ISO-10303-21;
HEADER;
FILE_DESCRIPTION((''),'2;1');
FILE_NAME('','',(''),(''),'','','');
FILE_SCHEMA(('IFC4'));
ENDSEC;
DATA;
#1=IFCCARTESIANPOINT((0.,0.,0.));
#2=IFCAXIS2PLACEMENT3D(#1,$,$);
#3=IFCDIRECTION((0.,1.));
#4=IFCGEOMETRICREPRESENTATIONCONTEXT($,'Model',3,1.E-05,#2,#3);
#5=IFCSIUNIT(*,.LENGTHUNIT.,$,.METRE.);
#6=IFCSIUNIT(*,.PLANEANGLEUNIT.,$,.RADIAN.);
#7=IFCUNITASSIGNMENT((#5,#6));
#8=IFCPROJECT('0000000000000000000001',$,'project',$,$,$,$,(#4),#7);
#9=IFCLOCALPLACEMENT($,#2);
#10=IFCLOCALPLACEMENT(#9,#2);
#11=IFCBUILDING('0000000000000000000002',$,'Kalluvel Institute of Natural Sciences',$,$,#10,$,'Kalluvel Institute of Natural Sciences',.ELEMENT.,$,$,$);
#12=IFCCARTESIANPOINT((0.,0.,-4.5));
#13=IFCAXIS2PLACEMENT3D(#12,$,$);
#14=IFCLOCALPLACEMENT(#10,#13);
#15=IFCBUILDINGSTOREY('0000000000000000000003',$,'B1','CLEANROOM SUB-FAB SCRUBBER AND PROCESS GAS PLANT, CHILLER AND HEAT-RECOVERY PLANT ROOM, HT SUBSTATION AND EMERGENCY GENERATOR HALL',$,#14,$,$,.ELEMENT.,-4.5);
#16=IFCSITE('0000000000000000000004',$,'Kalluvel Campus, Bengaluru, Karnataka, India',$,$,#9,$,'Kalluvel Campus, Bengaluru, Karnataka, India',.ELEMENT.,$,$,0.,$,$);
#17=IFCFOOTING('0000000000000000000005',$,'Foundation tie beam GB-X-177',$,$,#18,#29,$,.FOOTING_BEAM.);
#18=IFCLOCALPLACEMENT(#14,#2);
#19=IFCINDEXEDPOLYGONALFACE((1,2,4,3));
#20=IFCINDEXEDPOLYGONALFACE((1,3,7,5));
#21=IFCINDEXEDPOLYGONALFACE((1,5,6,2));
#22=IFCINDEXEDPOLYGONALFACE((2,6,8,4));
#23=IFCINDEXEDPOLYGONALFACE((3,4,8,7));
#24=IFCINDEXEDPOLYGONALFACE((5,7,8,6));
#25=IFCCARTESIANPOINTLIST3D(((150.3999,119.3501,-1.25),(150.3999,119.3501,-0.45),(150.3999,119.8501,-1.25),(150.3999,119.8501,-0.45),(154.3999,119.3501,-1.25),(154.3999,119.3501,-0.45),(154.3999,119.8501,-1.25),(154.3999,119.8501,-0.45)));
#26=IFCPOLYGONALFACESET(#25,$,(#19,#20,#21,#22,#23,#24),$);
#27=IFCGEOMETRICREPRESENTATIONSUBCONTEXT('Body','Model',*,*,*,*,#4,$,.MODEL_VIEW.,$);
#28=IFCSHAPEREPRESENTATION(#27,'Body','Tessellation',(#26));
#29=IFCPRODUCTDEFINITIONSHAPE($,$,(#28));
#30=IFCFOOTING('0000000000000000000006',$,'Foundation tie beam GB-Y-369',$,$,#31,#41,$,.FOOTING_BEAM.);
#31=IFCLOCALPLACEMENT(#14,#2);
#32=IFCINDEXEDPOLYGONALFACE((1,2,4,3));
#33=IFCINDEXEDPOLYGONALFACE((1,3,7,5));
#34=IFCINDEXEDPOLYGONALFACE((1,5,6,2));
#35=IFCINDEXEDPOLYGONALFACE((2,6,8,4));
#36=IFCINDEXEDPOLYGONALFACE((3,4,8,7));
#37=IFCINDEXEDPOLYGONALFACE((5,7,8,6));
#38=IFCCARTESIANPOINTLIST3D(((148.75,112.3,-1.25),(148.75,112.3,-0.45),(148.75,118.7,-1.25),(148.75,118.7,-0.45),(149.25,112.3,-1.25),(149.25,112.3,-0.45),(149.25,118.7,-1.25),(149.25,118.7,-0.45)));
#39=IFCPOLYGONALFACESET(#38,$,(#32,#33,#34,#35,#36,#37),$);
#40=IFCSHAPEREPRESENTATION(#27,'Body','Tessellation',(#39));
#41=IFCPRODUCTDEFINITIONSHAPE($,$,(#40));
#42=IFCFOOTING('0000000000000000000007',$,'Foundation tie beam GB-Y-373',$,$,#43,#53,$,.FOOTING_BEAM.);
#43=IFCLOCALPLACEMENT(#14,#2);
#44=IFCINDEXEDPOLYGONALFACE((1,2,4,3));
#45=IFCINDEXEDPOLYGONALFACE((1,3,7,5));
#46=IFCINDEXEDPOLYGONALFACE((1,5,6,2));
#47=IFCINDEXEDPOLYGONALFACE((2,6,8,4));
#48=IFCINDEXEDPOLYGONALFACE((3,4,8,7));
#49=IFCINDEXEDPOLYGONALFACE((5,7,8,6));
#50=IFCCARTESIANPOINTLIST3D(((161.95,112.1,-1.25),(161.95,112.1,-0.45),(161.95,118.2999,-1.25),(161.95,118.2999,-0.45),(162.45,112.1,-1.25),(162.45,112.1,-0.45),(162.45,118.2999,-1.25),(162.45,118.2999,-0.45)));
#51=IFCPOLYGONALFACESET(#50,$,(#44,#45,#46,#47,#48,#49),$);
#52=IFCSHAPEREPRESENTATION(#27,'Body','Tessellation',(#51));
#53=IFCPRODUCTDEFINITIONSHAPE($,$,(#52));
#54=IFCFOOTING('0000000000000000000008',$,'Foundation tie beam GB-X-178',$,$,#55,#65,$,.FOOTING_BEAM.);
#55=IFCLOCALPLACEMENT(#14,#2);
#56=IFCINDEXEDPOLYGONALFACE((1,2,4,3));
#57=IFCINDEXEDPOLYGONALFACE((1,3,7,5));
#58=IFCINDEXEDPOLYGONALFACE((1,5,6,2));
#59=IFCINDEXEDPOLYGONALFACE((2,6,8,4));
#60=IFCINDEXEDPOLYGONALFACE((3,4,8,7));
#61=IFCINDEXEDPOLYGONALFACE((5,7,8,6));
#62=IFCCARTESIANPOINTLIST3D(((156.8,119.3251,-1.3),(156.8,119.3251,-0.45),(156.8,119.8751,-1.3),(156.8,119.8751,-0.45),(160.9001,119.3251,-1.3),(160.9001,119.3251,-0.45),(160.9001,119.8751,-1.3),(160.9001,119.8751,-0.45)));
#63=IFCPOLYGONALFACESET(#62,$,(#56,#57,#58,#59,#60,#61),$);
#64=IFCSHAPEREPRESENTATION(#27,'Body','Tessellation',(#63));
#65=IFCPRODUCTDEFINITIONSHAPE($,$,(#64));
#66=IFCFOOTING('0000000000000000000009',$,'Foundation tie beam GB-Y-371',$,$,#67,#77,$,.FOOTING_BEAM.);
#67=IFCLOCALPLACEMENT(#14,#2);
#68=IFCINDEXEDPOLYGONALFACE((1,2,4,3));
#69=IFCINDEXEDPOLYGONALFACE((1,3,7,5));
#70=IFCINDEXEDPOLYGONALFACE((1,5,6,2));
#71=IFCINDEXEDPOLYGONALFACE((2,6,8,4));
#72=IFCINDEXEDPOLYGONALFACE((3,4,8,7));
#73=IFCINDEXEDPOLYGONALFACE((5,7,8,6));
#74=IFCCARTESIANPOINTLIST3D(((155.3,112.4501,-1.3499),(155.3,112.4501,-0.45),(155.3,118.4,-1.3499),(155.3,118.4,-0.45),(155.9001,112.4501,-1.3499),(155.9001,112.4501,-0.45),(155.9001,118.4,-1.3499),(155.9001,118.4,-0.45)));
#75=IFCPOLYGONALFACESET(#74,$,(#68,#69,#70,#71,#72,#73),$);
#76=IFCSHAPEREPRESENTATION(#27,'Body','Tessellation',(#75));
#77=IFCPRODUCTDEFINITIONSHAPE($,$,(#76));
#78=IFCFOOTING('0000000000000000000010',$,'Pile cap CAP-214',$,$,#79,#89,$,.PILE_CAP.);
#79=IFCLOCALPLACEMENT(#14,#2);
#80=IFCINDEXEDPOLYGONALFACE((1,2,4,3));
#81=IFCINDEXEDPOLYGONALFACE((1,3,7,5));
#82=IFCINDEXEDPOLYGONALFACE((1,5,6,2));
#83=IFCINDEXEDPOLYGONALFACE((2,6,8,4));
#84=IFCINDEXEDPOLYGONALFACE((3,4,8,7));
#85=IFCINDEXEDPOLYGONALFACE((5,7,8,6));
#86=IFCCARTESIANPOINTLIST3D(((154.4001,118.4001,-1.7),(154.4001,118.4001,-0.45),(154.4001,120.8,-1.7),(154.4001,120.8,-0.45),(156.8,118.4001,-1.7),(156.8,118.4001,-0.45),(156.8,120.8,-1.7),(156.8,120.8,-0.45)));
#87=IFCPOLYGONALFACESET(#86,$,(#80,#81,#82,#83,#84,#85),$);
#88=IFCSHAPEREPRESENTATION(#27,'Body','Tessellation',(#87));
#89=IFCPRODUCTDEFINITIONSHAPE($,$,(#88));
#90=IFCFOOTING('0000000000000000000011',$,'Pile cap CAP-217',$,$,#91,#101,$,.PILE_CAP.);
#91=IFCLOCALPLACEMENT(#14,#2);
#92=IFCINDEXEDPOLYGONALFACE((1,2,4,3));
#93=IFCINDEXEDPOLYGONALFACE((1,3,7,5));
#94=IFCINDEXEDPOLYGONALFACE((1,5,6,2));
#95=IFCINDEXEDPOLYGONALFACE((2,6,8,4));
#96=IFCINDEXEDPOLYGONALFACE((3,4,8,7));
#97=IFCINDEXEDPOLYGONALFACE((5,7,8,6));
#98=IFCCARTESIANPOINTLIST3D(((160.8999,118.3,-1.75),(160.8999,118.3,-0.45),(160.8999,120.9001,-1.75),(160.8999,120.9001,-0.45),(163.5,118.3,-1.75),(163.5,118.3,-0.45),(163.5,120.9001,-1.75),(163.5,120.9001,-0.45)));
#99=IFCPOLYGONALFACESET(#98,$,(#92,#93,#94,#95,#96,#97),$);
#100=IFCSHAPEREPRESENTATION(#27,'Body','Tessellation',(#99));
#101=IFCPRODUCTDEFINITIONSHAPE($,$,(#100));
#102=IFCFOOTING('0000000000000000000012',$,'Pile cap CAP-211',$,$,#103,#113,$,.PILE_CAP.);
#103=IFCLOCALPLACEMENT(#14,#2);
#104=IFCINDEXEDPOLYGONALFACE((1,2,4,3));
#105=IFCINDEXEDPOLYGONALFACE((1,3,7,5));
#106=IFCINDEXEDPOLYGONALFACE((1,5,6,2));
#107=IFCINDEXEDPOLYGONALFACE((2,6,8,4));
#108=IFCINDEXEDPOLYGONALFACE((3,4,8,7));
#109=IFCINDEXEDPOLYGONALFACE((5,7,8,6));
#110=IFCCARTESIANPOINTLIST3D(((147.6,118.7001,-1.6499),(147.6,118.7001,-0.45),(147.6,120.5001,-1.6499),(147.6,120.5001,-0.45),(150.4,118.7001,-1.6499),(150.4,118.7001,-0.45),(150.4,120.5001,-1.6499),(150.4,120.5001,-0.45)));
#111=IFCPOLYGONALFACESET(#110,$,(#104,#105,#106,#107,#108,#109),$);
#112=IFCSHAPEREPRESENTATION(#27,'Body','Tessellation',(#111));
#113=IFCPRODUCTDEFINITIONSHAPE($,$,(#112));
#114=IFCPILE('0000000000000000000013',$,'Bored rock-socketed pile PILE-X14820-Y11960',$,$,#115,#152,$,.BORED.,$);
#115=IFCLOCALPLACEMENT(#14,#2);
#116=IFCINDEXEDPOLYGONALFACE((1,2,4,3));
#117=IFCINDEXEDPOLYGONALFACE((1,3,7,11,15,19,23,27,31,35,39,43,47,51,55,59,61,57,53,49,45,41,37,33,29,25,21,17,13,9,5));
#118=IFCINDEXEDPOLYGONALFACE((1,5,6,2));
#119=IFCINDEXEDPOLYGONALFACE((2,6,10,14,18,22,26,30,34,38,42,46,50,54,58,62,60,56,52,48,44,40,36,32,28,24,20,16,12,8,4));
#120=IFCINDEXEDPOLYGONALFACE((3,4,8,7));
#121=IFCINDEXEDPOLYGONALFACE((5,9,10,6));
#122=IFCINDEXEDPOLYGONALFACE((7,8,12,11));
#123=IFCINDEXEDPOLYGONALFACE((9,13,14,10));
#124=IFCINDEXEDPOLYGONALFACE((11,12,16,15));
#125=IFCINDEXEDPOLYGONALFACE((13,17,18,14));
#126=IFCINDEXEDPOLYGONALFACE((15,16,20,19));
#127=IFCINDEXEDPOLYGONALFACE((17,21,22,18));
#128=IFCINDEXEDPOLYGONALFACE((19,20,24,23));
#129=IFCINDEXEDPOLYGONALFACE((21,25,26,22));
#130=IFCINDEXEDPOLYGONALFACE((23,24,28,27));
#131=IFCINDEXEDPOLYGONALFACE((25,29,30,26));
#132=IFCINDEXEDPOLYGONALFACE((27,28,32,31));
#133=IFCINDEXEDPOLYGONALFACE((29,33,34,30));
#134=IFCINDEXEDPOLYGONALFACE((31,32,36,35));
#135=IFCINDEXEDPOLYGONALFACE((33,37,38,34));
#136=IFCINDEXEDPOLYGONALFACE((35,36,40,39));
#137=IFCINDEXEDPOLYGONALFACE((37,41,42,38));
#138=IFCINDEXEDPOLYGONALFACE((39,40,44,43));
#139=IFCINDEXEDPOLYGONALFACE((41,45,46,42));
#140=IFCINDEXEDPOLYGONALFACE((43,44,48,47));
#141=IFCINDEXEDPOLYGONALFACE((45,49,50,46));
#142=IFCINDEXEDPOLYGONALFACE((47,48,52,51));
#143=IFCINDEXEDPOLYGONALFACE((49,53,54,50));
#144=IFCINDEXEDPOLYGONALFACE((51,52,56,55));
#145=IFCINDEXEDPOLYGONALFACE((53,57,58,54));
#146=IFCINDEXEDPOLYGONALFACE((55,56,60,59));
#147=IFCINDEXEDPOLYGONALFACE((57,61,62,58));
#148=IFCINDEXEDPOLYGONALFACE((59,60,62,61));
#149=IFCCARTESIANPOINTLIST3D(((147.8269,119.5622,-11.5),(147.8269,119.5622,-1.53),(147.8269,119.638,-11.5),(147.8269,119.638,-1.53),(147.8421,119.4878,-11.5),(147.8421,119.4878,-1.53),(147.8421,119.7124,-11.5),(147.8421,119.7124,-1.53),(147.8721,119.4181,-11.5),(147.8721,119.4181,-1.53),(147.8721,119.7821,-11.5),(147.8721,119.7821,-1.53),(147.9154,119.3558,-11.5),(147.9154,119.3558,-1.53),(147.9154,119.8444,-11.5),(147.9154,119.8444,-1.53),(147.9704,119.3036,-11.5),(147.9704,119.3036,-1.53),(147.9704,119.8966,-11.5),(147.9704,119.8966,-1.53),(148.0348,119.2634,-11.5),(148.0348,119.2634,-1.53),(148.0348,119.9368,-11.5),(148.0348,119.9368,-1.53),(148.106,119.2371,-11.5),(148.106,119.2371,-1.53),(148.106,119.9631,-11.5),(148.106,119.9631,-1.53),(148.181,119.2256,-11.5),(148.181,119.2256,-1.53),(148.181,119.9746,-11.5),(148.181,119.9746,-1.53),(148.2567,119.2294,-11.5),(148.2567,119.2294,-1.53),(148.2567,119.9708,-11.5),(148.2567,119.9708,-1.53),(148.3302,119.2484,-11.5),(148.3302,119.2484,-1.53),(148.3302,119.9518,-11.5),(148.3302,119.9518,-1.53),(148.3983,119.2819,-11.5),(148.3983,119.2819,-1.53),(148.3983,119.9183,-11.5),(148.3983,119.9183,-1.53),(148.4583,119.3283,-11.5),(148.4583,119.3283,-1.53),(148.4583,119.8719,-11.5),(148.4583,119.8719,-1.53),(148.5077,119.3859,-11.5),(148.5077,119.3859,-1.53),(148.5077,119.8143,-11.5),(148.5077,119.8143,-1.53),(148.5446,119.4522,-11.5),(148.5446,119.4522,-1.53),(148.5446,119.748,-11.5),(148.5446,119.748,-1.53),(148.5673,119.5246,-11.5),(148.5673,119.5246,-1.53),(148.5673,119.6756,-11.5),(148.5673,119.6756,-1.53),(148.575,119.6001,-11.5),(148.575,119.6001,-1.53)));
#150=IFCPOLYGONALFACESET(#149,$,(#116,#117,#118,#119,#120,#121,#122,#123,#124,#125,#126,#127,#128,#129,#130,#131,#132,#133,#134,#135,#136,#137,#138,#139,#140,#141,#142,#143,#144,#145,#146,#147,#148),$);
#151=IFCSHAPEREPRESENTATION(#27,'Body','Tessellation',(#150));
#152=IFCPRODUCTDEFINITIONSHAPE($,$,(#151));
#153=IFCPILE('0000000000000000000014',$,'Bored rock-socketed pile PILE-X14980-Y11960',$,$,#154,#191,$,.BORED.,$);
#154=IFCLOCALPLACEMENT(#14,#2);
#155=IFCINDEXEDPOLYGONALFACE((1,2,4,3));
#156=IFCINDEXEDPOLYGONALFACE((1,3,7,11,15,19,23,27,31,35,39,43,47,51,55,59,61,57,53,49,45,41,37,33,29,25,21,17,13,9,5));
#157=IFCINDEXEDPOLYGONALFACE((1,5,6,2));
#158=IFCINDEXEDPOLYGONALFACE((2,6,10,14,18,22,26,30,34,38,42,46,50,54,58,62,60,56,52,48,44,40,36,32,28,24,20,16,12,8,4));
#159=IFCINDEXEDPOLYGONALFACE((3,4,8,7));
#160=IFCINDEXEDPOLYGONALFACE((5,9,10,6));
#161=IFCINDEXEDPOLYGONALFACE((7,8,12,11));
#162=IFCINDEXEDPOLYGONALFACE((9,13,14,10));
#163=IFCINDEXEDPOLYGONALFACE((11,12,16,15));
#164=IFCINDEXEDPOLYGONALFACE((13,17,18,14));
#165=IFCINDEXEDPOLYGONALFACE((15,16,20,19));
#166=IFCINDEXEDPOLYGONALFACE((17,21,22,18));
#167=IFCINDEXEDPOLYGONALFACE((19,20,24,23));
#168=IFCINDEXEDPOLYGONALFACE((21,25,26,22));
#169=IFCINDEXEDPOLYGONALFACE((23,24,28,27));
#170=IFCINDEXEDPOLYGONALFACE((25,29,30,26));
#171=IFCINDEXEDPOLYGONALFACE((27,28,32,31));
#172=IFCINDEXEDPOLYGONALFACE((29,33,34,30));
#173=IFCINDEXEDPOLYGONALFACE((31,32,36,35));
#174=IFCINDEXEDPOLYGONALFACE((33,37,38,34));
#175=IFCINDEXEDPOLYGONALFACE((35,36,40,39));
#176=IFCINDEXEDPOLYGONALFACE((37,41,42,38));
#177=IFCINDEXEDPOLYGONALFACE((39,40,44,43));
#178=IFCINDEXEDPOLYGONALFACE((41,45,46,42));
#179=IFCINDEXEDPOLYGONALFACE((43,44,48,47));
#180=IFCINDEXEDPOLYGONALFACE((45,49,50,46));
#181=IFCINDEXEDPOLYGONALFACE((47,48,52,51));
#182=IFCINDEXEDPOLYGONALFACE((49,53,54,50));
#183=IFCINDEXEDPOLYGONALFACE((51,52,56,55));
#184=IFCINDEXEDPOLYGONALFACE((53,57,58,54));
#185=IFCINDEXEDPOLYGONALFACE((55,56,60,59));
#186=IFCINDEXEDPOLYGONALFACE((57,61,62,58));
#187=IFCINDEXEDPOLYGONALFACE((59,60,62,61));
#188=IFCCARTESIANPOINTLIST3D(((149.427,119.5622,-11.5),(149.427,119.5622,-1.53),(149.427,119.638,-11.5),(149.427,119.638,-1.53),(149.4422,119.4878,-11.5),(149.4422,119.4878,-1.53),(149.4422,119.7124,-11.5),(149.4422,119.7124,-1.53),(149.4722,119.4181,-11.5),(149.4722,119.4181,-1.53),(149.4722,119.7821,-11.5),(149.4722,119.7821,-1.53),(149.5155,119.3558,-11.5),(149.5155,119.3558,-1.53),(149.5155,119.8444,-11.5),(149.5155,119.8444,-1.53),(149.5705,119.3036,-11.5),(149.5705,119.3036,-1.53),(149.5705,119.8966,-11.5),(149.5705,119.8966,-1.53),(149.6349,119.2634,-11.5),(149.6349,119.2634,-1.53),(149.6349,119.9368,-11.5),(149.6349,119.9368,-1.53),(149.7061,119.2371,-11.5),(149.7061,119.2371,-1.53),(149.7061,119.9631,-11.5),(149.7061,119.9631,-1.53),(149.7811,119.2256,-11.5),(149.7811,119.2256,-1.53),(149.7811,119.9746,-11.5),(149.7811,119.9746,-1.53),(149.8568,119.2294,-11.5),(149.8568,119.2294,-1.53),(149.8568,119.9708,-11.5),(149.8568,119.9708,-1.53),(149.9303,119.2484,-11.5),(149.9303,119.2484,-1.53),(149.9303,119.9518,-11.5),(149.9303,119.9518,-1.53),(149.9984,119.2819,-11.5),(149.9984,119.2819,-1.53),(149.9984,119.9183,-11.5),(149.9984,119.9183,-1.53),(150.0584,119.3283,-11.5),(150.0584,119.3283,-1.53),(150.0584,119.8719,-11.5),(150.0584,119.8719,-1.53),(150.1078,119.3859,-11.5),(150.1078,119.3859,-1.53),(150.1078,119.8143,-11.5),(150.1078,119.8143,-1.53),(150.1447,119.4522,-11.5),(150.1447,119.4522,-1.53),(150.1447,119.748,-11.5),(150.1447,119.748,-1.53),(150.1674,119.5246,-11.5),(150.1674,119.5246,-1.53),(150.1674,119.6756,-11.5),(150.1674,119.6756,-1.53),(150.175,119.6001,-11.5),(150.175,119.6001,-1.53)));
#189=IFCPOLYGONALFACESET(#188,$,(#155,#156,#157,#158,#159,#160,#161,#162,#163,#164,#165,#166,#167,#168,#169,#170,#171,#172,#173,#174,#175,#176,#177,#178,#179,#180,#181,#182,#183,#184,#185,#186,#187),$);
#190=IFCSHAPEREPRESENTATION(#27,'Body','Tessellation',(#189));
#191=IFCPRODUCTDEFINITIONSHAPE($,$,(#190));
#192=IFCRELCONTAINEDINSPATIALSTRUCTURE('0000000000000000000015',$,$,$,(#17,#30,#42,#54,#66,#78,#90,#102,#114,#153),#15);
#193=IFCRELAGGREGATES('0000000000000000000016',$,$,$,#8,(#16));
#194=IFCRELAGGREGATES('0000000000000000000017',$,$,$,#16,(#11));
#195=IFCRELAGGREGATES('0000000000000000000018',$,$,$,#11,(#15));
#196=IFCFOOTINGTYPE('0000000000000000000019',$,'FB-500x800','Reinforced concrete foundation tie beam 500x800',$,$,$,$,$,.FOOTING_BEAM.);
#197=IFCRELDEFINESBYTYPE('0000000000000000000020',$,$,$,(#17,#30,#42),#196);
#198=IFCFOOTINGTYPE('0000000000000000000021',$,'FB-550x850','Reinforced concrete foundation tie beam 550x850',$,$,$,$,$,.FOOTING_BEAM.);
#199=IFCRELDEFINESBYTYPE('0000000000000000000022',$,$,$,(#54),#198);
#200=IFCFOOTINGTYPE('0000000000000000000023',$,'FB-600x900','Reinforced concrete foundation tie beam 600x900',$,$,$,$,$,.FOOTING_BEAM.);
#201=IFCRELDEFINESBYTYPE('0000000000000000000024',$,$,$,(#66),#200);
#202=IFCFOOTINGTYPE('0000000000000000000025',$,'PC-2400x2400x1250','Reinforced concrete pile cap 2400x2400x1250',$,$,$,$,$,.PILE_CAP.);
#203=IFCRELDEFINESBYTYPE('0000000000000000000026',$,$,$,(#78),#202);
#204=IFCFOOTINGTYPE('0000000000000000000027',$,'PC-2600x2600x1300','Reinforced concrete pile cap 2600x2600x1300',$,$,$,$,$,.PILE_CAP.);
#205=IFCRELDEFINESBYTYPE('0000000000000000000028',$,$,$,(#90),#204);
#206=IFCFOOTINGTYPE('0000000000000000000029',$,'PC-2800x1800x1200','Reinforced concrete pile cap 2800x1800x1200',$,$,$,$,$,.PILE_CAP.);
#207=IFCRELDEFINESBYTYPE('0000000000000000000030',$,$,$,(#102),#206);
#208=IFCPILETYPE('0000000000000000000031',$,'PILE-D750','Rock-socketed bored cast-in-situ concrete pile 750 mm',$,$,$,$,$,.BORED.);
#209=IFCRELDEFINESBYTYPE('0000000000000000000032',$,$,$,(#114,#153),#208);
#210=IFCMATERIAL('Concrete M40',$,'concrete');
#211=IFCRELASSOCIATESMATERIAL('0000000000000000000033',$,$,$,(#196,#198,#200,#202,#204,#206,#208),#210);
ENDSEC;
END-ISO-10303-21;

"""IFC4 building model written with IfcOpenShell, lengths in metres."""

from ifc_helpers import new_model, si_unit, direction, frame, origin, origin_2d, place, context, subcontext, project, spatial, rectangle, circle, extrude, material, material_profile, profile_set, type_object, element, save


model = new_model("IFC4")

# Units and contexts
model_context = context("Model", 3, precision=1e-05, world=origin(), true_north=direction((0.0, 1.0)))
body_context = subcontext(model_context, "Body", "Model", "MODEL_VIEW")
ifc_project = project(units=[si_unit("LENGTHUNIT", "METRE"), si_unit("PLANEANGLEUNIT", "RADIAN")], contexts=[model_context])

# Site, building, storey
site_placement = place(None, origin())
site = spatial("IfcSite", under=ifc_project, at=site_placement, Name="Kalluvel Campus, Bengaluru, Karnataka, India", LongName="Kalluvel Campus, Bengaluru, Karnataka, India", CompositionType="ELEMENT", RefElevation=0.0)
building_placement = place(site_placement, origin())
building = spatial("IfcBuilding", under=site, at=building_placement, Name="Kalluvel Institute of Natural Sciences", LongName="Kalluvel Institute of Natural Sciences", CompositionType="ELEMENT")
storey_placement = place(building_placement, frame((0.0, 0.0, -4.5)))
storey = spatial("IfcBuildingStorey", under=building, at=storey_placement, Name="B1", Description="CLEANROOM SUB-FAB SCRUBBER AND PROCESS GAS PLANT, CHILLER AND HEAT-RECOVERY PLANT ROOM, HT SUBSTATION AND EMERGENCY GENERATOR HALL", CompositionType="ELEMENT", Elevation=-4.5)

# Footings
ifc_material_1 = material(Name="Concrete M40", Category="concrete")
footing_type_1 = type_object("IfcFootingType", Name="FB-500x800", Description="Reinforced concrete foundation tie beam 500x800", PredefinedType="FOOTING_BEAM", material=ifc_material_1)
footing_1_placement = place(storey_placement, frame((152.3999, 119.6001, -1.25), z_axis=(0.0, 0.0, 1.0), x_axis=(1.0, 0.0, 0.0)))
element("IfcFooting", 1, at=footing_1_placement, inside=storey, type_object=footing_type_1, Name="Foundation tie beam GB-X-177", PredefinedType="FOOTING_BEAM", context=body_context, shape_type="SweptSolid", body=[
    extrude(rectangle(XDim=4.0, YDim=0.5, at=origin_2d()), origin(), (0.0, 0.0, 1.0), 0.8),
])
footing_2_placement = place(storey_placement, frame((149.0, 115.5, -1.25), z_axis=(0.0, 0.0, 1.0), x_axis=(1.0, 0.0, 0.0)))
element("IfcFooting", 2, at=footing_2_placement, inside=storey, type_object=footing_type_1, Name="Foundation tie beam GB-Y-369", PredefinedType="FOOTING_BEAM", context=body_context, shape_type="SweptSolid", body=[
    extrude(rectangle(XDim=0.5, YDim=6.3999, at=origin_2d()), origin(), (0.0, 0.0, 1.0), 0.8),
])
footing_3_placement = place(storey_placement, frame((162.2, 115.2, -1.25), z_axis=(0.0, 0.0, 1.0), x_axis=(1.0, 0.0, 0.0)))
element("IfcFooting", 3, at=footing_3_placement, inside=storey, type_object=footing_type_1, Name="Foundation tie beam GB-Y-373", PredefinedType="FOOTING_BEAM", context=body_context, shape_type="SweptSolid", body=[
    extrude(rectangle(XDim=0.5, YDim=6.2, at=origin_2d()), origin(), (0.0, 0.0, 1.0), 0.8),
])
footing_type_2 = type_object("IfcFootingType", Name="FB-550x850", Description="Reinforced concrete foundation tie beam 550x850", PredefinedType="FOOTING_BEAM", material=ifc_material_1)
footing_4_placement = place(storey_placement, frame((158.8501, 119.6001, -1.3), z_axis=(0.0, 0.0, 1.0), x_axis=(1.0, 0.0, 0.0)))
element("IfcFooting", 4, at=footing_4_placement, inside=storey, type_object=footing_type_2, Name="Foundation tie beam GB-X-178", PredefinedType="FOOTING_BEAM", context=body_context, shape_type="SweptSolid", body=[
    extrude(rectangle(XDim=4.1001, YDim=0.55, at=origin_2d()), origin(), (0.0, 0.0, 1.0), 0.8501),
])
footing_type_3 = type_object("IfcFootingType", Name="FB-600x900", Description="Reinforced concrete foundation tie beam 600x900", PredefinedType="FOOTING_BEAM", material=ifc_material_1)
footing_5_placement = place(storey_placement, frame((155.6001, 115.425, -1.3499), z_axis=(0.0, 0.0, 1.0), x_axis=(1.0, 0.0, 0.0)))
element("IfcFooting", 5, at=footing_5_placement, inside=storey, type_object=footing_type_3, Name="Foundation tie beam GB-Y-371", PredefinedType="FOOTING_BEAM", context=body_context, shape_type="SweptSolid", body=[
    extrude(rectangle(XDim=0.6001, YDim=5.95, at=origin_2d()), origin(), (0.0, 0.0, 1.0), 0.8999),
])
footing_type_4 = type_object("IfcFootingType", Name="PC-2400x2400x1250", Description="Reinforced concrete pile cap 2400x2400x1250", PredefinedType="PILE_CAP", material=ifc_material_1)
footing_6_placement = place(storey_placement, frame((155.6001, 119.6001, -1.7), z_axis=(0.0, 0.0, 1.0), x_axis=(1.0, 0.0, 0.0)))
element("IfcFooting", 6, at=footing_6_placement, inside=storey, type_object=footing_type_4, Name="Pile cap CAP-214", PredefinedType="PILE_CAP", context=body_context, shape_type="SweptSolid", body=[
    extrude(rectangle(XDim=2.3999, YDim=2.3999, at=origin_2d()), origin(), (0.0, 0.0, 1.0), 1.25),
])
footing_type_5 = type_object("IfcFootingType", Name="PC-2600x2600x1300", Description="Reinforced concrete pile cap 2600x2600x1300", PredefinedType="PILE_CAP", material=ifc_material_1)
footing_7_placement = place(storey_placement, frame((162.2, 119.6001, -1.75), z_axis=(0.0, 0.0, 1.0), x_axis=(1.0, 0.0, 0.0)))
element("IfcFooting", 7, at=footing_7_placement, inside=storey, type_object=footing_type_5, Name="Pile cap CAP-217", PredefinedType="PILE_CAP", context=body_context, shape_type="SweptSolid", body=[
    extrude(rectangle(XDim=2.6001, YDim=2.6001, at=origin_2d()), origin(), (0.0, 0.0, 1.0), 1.3),
])
footing_type_6 = type_object("IfcFootingType", Name="PC-2800x1800x1200", Description="Reinforced concrete pile cap 2800x1800x1200", PredefinedType="PILE_CAP", material=ifc_material_1)
footing_8_placement = place(storey_placement, frame((149.0, 119.6001, -1.6499), z_axis=(0.0, 0.0, 1.0), x_axis=(1.0, 0.0, 0.0)))
element("IfcFooting", 8, at=footing_8_placement, inside=storey, type_object=footing_type_6, Name="Pile cap CAP-211", PredefinedType="PILE_CAP", context=body_context, shape_type="SweptSolid", body=[
    extrude(rectangle(XDim=2.8, YDim=1.8, at=origin_2d()), origin(), (0.0, 0.0, 1.0), 1.2),
])

# Piles
ifc_material_profile_1 = material_profile(ifc_material_1, circle(Radius=0.375, at=origin_2d()), Name="PILE D750")
ifc_profile_set_1 = profile_set([ifc_material_profile_1], Name="Concrete M40")
pile_type_1 = type_object("IfcPileType", Name="PILE-D750", Description="Rock-socketed bored cast-in-situ concrete pile 750 mm", PredefinedType="BORED", material=ifc_profile_set_1)
for number, where, z_axis, x_axis, name in (
    (9, (148.2, 119.6001, -1.53), (0.0, 0.0, -1.0), (1.0, 0.0, 0.0), "Bored rock-socketed pile PILE-X14820-Y11960"),
    (10, (149.8, 119.6001, -1.53), (0.0, 0.0, -1.0), (1.0, 0.0, 0.0), "Bored rock-socketed pile PILE-X14980-Y11960"),
):
    element("IfcPile", number, at=place(storey_placement, frame(where, z_axis=z_axis, x_axis=x_axis)), inside=storey, type_object=pile_type_1, Name=name, PredefinedType="BORED", context=body_context, shape_type="SweptSolid", body=[
        extrude(circle(Radius=0.375, at=origin_2d()), origin(), (0.0, 0.0, 1.0), 9.97),
    ])

save(model, "model.ifc")
